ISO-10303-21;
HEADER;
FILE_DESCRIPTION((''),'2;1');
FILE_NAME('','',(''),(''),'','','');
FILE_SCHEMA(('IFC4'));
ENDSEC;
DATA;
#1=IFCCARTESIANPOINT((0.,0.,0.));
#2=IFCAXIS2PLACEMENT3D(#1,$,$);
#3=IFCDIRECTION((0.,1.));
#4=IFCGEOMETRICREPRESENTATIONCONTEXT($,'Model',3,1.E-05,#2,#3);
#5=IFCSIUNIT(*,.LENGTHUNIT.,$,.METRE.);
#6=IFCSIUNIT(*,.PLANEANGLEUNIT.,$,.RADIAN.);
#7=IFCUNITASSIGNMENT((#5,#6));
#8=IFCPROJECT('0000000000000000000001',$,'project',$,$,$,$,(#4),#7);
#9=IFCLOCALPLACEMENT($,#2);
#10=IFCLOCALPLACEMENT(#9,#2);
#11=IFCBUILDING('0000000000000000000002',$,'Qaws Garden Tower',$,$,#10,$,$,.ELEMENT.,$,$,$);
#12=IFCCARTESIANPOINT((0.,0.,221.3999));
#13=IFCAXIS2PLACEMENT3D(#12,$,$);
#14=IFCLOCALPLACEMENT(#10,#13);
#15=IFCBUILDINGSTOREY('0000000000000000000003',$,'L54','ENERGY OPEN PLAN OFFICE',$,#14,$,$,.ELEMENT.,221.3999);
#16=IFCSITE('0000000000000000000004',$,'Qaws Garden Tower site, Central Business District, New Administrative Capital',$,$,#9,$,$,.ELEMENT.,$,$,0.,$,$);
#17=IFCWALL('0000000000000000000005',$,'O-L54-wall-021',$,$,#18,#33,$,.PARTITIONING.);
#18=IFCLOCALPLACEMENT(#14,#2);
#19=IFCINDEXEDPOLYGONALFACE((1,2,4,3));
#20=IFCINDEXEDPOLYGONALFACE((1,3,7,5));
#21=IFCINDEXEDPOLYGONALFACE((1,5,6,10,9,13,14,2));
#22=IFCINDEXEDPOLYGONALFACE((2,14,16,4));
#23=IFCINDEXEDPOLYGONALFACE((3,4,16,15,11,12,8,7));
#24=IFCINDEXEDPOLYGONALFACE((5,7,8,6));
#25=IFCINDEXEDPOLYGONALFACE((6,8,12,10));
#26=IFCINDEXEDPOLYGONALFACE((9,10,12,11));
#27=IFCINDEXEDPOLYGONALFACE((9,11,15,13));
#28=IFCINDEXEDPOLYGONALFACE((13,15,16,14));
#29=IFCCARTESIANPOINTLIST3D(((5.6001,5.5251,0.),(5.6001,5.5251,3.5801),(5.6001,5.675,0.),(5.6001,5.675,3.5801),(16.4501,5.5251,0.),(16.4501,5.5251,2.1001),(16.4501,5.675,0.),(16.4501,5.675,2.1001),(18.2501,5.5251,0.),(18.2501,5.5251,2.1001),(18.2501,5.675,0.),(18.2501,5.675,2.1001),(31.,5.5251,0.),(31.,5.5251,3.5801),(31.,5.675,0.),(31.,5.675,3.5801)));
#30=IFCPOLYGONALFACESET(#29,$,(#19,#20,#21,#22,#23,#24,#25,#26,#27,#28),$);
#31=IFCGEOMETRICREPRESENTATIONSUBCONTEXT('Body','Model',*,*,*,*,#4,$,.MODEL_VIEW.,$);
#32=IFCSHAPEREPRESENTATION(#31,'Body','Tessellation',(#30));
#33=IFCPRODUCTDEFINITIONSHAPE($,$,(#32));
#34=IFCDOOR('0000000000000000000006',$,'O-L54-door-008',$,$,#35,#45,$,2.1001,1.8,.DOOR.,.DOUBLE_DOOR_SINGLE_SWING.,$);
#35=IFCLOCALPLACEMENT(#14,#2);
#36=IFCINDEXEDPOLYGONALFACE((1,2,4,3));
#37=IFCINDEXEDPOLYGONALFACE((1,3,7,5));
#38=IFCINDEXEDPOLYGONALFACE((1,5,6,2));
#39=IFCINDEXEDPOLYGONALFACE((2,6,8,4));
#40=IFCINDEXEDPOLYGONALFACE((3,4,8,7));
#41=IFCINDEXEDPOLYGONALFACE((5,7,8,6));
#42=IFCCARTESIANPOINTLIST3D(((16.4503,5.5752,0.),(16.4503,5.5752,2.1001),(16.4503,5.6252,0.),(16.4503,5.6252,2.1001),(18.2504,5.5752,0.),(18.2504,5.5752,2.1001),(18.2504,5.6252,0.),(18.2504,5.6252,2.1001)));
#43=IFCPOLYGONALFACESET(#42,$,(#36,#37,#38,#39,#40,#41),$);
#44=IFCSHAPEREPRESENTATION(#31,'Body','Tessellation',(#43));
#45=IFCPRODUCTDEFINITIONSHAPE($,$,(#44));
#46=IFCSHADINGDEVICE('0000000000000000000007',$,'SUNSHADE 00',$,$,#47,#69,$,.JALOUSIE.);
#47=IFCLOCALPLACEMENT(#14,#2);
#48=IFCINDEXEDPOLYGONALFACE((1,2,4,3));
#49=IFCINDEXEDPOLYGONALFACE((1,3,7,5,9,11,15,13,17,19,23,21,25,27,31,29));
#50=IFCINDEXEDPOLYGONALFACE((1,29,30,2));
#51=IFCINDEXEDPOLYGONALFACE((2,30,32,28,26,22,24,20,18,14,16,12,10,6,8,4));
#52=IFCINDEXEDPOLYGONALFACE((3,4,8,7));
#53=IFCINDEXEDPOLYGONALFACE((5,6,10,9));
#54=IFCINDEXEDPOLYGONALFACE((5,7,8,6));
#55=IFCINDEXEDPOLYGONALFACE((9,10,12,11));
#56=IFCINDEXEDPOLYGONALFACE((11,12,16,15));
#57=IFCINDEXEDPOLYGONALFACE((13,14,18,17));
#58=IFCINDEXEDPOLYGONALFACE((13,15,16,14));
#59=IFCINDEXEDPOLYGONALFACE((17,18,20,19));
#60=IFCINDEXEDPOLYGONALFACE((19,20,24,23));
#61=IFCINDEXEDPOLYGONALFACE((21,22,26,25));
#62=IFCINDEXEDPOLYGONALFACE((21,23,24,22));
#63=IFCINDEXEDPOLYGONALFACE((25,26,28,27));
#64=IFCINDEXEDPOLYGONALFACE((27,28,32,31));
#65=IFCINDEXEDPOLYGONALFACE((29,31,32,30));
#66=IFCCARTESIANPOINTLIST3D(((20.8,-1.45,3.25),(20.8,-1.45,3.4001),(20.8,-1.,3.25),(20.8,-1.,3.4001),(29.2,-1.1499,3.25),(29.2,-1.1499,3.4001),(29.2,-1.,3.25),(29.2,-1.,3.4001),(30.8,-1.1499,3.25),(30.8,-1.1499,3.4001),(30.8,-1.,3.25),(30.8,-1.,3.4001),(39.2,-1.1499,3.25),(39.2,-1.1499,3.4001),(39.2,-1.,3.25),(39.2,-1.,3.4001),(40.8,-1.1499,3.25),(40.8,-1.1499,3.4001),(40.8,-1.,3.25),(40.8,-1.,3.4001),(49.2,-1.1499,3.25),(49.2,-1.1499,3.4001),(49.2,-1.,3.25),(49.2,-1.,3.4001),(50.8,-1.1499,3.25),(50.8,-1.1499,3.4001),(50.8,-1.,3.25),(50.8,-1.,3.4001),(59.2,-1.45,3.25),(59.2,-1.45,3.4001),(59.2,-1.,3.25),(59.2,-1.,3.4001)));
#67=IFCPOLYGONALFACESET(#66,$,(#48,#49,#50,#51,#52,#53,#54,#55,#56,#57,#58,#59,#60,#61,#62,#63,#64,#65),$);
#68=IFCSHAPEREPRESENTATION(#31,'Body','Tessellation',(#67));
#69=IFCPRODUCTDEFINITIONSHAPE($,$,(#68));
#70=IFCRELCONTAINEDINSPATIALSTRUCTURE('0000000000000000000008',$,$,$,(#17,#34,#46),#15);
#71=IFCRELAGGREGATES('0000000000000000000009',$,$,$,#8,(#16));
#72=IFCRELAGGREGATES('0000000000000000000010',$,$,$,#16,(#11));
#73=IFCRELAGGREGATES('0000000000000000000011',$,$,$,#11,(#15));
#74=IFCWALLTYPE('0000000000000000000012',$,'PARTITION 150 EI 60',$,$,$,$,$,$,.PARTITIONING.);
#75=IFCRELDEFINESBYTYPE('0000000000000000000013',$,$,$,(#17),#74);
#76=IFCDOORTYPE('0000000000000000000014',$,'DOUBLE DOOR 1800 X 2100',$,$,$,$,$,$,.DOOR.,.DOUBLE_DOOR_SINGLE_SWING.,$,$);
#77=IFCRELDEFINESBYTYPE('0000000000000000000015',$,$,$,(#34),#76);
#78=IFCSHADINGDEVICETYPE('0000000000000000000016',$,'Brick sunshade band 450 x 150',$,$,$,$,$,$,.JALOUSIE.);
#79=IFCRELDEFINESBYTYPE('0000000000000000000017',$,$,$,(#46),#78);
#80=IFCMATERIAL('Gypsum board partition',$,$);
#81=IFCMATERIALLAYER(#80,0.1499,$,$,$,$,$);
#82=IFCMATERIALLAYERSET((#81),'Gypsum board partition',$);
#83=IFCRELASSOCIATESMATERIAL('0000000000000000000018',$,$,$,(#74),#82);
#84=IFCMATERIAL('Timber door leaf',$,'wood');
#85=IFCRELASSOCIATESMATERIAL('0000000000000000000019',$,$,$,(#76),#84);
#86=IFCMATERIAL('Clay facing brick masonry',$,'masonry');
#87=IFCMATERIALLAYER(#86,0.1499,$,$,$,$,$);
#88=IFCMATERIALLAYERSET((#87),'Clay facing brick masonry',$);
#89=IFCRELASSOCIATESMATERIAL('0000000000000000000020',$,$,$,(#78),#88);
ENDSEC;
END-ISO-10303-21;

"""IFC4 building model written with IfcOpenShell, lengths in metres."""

from ifc_helpers import new_model, si_unit, direction, frame, frame_2d, origin, place, context, subcontext, project, spatial, polyline, rectangle, outline, extrude, material, layer, layer_set, type_object, element, fill, save


model = new_model("IFC4")

# Units and contexts
model_context = context("Model", 3, precision=1e-05, world=origin(), true_north=direction((0.0, 1.0)))
body_context = subcontext(model_context, "Body", "Model", "MODEL_VIEW")
ifc_project = project(units=[si_unit("LENGTHUNIT", "METRE"), si_unit("PLANEANGLEUNIT", "RADIAN")], contexts=[model_context])

# Site, building, storey
site_placement = place(None, origin())
site = spatial("IfcSite", under=ifc_project, at=site_placement, Name="Qaws Garden Tower site, Central Business District, New Administrative Capital", CompositionType="ELEMENT", RefElevation=0.0)
building_placement = place(site_placement, origin())
building = spatial("IfcBuilding", under=site, at=building_placement, Name="Qaws Garden Tower", CompositionType="ELEMENT")
storey_placement = place(building_placement, frame((0.0, 0.0, 221.3999)))
storey = spatial("IfcBuildingStorey", under=building, at=storey_placement, Name="L54", Description="ENERGY OPEN PLAN OFFICE", CompositionType="ELEMENT", Elevation=221.3999)

# Shared definitions
ifc_material_1 = material(Name="Gypsum board partition")
ifc_layer_1 = layer(ifc_material_1, 0.1499)
ifc_layer_set_1 = layer_set([ifc_layer_1], Name="Gypsum board partition")
wall_type_1 = type_object("IfcWallType", Name="PARTITION 150 EI 60", PredefinedType="PARTITIONING", material=ifc_layer_set_1)
ifc_material_2 = material(Name="Timber door leaf", Category="wood")
door_type_1 = type_object("IfcDoorType", Name="DOUBLE DOOR 1800 X 2100", OperationType="DOUBLE_DOOR_SINGLE_SWING", PredefinedType="DOOR", material=ifc_material_2)

# Wall, opening, door
wall_1_placement = place(storey_placement, frame((5.6001, 5.6001, 0.0), z_axis=(0.0, 0.0, 1.0), x_axis=(1.0, 0.0, 0.0)))
wall_1 = element("IfcWall", 1, at=wall_1_placement, inside=storey, type_object=wall_type_1, Name="O-L54-wall-021", PredefinedType="PARTITIONING", context=body_context, shape_type="SweptSolid", body=[
    extrude(rectangle(XDim=25.3999, YDim=0.1499, at=frame_2d((12.7, 0.0))), origin(), (0.0, 0.0, 1.0), 3.5801),
])
opening_1_placement = place(wall_1_placement, frame((10.8501, 0.0, 0.0)))
opening_1 = element("IfcOpeningElement", 2, at=opening_1_placement, cuts=wall_1, PredefinedType="OPENING", context=body_context, shape_type="SweptSolid", body=[
    extrude(rectangle(XDim=1.8, YDim=2.1001, at=frame_2d((0.8999, 1.05))), frame((0.0, 0.085, 0.0), z_axis=(0.0, -1.0, 0.0), x_axis=(1.0, 0.0, 0.0)), (0.0, 0.0, 1.0), 0.1699),
])
door_1_placement = place(opening_1_placement, frame((1.8, 0.0, 0.0), z_axis=(0.0, 0.0, 1.0), x_axis=(-1.0, 0.0, 0.0)))
door_1 = element("IfcDoor", 3, at=door_1_placement, inside=storey, type_object=door_type_1, Name="O-L54-door-008", OperationType="DOUBLE_DOOR_SINGLE_SWING", OverallHeight=2.1001, OverallWidth=1.8, PredefinedType="DOOR", context=body_context, shape_type="SweptSolid", body=[
    extrude(rectangle(XDim=1.8, YDim=2.1001, at=frame_2d((0.8999, 1.05))), frame((0.0, 0.0249, 0.0), z_axis=(0.0, -1.0, 0.0), x_axis=(1.0, 0.0, 0.0)), (0.0, 0.0, 1.0), 0.05),
])
fill(opening_1, door_1)

# Shading device
ifc_material_3 = material(Name="Clay facing brick masonry", Category="masonry")
ifc_layer_2 = layer(ifc_material_3, 0.1499)
ifc_layer_set_2 = layer_set([ifc_layer_2], Name="Clay facing brick masonry")
shading_device_type = type_object("IfcShadingDeviceType", Name="Brick sunshade band 450 x 150", PredefinedType="JALOUSIE", material=ifc_layer_set_2)
shading_device_placement = place(storey_placement, frame((0.0, 0.0, 3.25)))
element("IfcShadingDevice", 4, at=shading_device_placement, inside=storey, type_object=shading_device_type, Name="SUNSHADE 00", PredefinedType="JALOUSIE", context=body_context, shape_type="SweptSolid", body=[
    extrude(outline(polyline([(20.8, -1.0), (20.8, -1.45), (59.2, -1.45), (59.2, -1.0), (50.8, -1.0), (50.8, -1.1499), (49.2, -1.1499), (49.2, -1.0), (40.8, -1.0), (40.8, -1.1499), (39.2, -1.1499), (39.2, -1.0), (30.8, -1.0), (30.8, -1.1499), (29.2, -1.1499), (29.2, -1.0), (20.8, -1.0)])), origin(), (0.0, 0.0, 1.0), 0.1501),
])

save(model, "model.ifc")
